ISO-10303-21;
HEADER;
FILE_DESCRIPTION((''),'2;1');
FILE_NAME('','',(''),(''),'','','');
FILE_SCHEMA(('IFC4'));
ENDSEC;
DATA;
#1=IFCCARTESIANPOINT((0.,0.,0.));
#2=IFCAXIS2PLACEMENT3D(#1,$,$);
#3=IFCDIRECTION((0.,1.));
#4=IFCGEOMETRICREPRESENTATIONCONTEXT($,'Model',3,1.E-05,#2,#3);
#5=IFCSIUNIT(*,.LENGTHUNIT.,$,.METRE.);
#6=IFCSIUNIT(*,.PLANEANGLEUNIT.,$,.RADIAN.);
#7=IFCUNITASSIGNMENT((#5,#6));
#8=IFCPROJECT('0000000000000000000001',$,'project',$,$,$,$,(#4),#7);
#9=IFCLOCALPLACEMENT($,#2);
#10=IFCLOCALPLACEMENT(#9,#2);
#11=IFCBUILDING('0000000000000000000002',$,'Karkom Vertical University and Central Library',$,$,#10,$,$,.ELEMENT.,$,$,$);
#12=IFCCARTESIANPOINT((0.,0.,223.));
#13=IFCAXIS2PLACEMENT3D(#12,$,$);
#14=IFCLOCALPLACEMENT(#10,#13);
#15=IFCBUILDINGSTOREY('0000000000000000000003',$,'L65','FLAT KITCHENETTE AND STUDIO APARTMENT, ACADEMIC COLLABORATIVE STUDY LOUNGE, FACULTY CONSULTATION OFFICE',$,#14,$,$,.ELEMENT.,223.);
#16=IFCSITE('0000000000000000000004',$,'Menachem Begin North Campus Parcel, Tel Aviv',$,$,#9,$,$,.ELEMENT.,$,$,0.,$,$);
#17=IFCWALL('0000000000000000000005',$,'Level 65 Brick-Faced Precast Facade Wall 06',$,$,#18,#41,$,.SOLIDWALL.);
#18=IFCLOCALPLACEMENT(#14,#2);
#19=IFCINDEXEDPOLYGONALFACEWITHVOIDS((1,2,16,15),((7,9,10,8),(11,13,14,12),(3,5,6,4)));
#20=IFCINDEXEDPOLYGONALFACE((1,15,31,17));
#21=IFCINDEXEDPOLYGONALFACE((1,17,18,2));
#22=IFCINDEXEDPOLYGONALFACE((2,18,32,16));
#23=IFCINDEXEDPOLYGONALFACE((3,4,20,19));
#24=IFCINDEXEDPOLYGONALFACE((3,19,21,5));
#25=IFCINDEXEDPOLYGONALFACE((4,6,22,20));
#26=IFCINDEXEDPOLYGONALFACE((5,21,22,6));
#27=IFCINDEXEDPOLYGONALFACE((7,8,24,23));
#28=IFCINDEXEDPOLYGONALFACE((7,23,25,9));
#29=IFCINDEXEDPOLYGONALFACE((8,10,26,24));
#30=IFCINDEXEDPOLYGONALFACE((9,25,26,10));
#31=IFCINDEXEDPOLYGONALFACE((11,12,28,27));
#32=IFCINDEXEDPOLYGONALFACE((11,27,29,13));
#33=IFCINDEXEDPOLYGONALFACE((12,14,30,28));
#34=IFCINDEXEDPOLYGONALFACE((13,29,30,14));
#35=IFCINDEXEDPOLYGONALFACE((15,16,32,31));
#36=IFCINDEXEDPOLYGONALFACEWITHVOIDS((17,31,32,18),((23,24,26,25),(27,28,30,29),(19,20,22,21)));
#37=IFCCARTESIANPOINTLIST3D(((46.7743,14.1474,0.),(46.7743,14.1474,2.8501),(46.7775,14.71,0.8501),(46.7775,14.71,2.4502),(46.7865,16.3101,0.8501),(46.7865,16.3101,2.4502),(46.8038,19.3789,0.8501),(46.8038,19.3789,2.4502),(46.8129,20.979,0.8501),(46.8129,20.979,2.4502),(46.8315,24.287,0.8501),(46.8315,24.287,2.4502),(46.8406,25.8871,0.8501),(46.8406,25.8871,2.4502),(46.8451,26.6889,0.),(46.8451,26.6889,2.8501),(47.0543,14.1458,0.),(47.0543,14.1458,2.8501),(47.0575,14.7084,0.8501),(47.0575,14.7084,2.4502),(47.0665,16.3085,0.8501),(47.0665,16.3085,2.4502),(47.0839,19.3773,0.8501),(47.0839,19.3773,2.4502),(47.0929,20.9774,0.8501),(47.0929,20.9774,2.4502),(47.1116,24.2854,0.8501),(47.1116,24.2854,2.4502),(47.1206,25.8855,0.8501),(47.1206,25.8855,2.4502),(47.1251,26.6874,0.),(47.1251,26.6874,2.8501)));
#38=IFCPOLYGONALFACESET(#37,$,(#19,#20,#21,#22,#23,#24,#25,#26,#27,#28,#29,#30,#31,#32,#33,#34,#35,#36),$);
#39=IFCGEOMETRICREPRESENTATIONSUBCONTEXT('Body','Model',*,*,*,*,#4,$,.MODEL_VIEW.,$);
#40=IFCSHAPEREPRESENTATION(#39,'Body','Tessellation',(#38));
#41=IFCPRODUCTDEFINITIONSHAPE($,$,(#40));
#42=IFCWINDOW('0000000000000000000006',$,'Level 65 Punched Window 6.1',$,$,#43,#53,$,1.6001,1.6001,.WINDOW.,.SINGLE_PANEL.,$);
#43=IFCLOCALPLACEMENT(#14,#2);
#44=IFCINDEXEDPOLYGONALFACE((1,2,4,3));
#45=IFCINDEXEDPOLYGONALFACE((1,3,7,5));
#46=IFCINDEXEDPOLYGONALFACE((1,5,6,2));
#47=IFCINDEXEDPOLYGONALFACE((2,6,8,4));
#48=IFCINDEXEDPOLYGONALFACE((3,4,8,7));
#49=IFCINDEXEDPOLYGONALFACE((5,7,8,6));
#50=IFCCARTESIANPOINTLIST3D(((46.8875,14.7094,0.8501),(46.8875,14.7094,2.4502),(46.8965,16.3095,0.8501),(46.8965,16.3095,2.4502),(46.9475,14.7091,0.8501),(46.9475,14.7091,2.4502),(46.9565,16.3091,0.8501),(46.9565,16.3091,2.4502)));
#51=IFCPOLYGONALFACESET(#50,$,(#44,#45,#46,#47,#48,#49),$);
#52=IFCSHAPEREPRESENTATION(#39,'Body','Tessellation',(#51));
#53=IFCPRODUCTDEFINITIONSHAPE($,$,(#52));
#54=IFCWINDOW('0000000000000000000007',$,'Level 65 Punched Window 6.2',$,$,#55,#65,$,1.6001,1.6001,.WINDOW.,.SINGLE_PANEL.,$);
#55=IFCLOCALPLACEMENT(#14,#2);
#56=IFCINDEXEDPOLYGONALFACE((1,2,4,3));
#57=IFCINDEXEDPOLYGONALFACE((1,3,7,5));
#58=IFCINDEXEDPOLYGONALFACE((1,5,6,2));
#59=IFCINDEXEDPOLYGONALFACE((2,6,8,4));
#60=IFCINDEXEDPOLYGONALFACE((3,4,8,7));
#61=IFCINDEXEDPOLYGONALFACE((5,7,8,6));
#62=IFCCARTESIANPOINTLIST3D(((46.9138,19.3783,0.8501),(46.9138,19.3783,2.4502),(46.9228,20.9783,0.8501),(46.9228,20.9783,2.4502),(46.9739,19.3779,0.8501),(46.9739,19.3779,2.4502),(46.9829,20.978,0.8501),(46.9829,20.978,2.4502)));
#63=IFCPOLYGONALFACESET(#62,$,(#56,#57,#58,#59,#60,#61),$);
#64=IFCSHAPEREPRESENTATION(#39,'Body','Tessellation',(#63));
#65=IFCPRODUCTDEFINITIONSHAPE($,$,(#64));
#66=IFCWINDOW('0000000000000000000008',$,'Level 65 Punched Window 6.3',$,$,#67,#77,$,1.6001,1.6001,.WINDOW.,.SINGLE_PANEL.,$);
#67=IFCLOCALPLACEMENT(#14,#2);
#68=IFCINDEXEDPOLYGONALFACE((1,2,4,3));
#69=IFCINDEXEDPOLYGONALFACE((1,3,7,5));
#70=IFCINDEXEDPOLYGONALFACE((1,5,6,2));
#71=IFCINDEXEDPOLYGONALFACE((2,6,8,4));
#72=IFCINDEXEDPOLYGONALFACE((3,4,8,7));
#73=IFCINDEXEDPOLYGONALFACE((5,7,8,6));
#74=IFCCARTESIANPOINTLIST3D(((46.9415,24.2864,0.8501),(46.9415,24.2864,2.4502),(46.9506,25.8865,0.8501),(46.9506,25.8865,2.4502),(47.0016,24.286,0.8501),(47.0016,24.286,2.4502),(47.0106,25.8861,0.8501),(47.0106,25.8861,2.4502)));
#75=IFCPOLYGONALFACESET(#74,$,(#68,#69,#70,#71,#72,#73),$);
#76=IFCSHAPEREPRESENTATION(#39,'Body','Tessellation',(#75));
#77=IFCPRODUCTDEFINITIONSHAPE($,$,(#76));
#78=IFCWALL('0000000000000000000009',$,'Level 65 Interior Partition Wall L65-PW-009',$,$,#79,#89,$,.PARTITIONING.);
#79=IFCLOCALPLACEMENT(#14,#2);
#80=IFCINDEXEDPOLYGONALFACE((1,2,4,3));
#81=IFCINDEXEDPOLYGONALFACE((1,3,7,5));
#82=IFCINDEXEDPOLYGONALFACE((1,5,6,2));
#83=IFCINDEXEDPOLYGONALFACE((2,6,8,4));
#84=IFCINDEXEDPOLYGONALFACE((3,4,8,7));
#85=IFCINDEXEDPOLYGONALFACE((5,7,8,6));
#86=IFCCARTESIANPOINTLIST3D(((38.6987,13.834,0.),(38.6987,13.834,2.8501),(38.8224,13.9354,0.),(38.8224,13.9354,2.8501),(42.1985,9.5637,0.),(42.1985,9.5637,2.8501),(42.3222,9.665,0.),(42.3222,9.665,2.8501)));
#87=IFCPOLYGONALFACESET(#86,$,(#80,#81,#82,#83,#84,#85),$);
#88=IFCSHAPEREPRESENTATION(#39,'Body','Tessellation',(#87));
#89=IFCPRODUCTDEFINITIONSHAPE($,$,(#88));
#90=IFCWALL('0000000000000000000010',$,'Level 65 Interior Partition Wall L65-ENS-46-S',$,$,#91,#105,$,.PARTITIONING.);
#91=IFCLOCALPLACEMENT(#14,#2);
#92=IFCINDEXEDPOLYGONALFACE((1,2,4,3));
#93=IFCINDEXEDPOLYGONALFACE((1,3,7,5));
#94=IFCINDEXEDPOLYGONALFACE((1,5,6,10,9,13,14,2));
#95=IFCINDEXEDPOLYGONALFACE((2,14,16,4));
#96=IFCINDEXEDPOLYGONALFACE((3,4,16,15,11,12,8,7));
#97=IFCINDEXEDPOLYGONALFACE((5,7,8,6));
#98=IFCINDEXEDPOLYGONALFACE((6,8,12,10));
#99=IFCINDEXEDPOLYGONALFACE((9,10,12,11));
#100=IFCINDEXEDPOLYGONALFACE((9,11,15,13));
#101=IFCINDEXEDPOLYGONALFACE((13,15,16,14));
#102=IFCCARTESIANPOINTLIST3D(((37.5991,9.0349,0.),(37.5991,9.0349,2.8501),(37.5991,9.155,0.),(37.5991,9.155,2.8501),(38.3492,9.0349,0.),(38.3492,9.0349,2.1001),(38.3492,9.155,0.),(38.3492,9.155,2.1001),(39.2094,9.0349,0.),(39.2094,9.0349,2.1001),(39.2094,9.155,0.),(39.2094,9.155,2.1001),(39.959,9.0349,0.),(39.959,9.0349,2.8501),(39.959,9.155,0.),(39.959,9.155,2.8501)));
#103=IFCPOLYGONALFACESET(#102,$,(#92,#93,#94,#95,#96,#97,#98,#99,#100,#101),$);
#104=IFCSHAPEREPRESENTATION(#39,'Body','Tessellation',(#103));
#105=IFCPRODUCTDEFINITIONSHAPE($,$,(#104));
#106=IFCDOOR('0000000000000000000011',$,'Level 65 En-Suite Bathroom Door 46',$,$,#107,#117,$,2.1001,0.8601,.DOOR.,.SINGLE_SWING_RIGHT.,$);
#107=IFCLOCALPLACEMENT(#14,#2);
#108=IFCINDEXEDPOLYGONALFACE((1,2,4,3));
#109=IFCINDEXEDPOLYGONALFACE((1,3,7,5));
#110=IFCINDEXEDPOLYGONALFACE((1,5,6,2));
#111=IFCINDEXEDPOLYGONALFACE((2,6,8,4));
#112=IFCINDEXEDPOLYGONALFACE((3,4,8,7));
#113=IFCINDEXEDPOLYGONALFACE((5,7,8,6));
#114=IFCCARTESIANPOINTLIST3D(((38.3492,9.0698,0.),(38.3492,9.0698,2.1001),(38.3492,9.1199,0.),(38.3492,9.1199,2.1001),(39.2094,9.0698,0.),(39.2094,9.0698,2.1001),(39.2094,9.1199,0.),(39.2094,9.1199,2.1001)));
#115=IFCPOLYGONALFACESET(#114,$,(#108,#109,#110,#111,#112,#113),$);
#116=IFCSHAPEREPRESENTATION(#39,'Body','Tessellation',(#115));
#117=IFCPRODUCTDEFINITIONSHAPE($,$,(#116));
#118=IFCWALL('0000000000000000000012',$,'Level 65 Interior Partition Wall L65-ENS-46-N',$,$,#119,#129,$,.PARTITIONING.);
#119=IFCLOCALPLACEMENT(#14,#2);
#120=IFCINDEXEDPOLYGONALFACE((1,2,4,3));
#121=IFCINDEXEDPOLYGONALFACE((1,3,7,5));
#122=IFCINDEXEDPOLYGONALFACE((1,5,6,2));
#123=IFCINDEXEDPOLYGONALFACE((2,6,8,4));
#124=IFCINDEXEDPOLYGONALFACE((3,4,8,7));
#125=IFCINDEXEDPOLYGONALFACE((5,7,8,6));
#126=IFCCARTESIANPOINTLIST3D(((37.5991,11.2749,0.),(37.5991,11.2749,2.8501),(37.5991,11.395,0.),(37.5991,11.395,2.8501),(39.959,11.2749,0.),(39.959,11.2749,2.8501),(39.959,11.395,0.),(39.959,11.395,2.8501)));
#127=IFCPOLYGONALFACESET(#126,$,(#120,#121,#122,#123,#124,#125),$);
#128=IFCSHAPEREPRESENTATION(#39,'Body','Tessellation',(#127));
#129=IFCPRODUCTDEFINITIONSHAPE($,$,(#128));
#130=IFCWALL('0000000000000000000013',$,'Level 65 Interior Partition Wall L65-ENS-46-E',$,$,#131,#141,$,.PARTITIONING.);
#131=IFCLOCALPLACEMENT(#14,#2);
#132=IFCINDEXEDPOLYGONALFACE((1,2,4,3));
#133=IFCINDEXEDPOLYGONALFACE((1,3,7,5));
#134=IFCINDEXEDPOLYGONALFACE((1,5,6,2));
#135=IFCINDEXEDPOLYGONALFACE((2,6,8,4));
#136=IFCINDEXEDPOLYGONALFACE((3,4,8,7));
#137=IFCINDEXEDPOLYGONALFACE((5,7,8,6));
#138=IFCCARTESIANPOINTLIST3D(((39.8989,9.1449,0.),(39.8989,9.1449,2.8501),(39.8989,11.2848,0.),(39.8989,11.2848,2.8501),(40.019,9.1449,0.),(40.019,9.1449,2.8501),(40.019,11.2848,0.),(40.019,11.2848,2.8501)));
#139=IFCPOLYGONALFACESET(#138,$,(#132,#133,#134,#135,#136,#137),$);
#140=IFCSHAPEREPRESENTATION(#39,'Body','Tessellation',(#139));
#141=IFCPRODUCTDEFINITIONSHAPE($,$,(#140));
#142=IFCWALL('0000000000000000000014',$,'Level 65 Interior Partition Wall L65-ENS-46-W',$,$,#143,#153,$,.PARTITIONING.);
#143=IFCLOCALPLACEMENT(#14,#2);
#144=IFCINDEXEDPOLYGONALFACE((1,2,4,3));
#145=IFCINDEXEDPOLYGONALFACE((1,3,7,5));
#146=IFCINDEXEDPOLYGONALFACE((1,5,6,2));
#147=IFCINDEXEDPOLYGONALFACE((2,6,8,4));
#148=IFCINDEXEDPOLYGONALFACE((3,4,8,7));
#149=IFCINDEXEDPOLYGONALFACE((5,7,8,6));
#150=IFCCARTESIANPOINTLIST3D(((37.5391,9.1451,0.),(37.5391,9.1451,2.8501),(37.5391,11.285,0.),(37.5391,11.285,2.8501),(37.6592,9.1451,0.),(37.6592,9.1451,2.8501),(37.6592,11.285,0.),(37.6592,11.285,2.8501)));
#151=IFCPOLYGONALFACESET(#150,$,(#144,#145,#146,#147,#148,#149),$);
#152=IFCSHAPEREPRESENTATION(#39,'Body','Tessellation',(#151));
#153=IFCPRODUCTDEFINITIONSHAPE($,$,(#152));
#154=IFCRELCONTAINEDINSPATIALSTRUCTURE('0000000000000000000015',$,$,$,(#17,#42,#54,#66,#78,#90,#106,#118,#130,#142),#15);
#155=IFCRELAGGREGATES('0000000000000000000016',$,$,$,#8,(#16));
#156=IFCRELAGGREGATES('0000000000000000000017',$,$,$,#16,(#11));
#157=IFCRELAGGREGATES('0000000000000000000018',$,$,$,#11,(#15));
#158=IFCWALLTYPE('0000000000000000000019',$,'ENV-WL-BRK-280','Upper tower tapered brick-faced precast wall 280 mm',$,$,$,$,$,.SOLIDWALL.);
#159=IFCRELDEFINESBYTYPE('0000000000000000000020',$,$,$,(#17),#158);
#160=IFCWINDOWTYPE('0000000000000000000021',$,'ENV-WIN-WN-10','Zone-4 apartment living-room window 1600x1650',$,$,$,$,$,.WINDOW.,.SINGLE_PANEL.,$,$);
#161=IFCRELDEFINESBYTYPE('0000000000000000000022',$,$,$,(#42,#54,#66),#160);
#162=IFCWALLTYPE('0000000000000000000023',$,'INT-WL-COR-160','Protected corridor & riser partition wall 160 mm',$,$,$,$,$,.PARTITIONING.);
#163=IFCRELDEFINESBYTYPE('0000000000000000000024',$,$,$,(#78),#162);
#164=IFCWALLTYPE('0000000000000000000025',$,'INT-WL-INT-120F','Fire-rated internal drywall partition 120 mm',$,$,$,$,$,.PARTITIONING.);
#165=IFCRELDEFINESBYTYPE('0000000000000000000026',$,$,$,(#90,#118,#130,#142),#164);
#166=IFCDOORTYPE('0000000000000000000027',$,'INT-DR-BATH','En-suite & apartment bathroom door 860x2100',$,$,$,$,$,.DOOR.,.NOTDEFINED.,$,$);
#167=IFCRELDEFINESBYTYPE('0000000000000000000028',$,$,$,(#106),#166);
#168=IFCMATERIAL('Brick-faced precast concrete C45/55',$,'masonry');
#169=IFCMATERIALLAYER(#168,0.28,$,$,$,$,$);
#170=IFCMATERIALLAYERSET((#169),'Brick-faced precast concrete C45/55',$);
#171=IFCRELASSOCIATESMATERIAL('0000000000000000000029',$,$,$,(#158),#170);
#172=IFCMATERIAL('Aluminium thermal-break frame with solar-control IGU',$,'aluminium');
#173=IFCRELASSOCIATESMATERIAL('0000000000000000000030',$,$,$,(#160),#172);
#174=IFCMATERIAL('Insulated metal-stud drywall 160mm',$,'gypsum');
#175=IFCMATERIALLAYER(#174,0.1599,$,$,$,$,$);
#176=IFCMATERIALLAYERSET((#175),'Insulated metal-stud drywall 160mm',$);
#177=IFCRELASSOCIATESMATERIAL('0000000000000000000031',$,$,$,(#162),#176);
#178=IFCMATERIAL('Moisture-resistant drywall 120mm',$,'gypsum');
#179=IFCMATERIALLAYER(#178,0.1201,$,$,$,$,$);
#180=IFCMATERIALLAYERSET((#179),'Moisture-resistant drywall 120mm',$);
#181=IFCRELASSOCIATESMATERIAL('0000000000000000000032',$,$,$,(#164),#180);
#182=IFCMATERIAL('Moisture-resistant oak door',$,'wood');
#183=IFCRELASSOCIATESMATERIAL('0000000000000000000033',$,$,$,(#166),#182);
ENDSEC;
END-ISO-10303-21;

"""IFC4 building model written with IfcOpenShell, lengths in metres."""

from ifc_helpers import new_model, si_unit, direction, frame, frame_2d, origin, origin_with_axes, place, context, subcontext, project, spatial, rectangle, extrude, source, transform, mapped, material, layer, layer_set, type_object, element, fill, save


model = new_model("IFC4")

# Units and contexts
model_context = context("Model", 3, precision=1e-05, world=origin(), true_north=direction((0.0, 1.0)))
body_context = subcontext(model_context, "Body", "Model", "MODEL_VIEW")
ifc_project = project(units=[si_unit("LENGTHUNIT", "METRE"), si_unit("PLANEANGLEUNIT", "RADIAN")], contexts=[model_context])

# Site, building, storey
site_placement = place(None, origin())
site = spatial("IfcSite", under=ifc_project, at=site_placement, Name="Menachem Begin North Campus Parcel, Tel Aviv", CompositionType="ELEMENT", RefElevation=0.0)
building_placement = place(site_placement, origin())
building = spatial("IfcBuilding", under=site, at=building_placement, Name="Karkom Vertical University and Central Library", CompositionType="ELEMENT")
storey_placement = place(building_placement, frame((0.0, 0.0, 223.0)))
storey = spatial("IfcBuildingStorey", under=building, at=storey_placement, Name="L65", Description="FLAT KITCHENETTE AND STUDIO APARTMENT, ACADEMIC COLLABORATIVE STUDY LOUNGE, FACULTY CONSULTATION OFFICE", CompositionType="ELEMENT", Elevation=223.0)

# Wall, openings, windows
ifc_material_1 = material(Name="Brick-faced precast concrete C45/55", Category="masonry")
ifc_layer_1 = layer(ifc_material_1, 0.28)
ifc_layer_set_1 = layer_set([ifc_layer_1], Name="Brick-faced precast concrete C45/55")
wall_type_1 = type_object("IfcWallType", Name="ENV-WL-BRK-280", Description="Upper tower tapered brick-faced precast wall 280 mm", PredefinedType="SOLIDWALL", material=ifc_layer_set_1)
ifc_material_2 = material(Name="Aluminium thermal-break frame with solar-control IGU", Category="aluminium")
window_type = type_object("IfcWindowType", Name="ENV-WIN-WN-10", Description="Zone-4 apartment living-room window 1600x1650", PartitioningType="SINGLE_PANEL", PredefinedType="WINDOW", material=ifc_material_2)
shared_shape_1 = source(origin_with_axes(), body_context, "Body", "SweptSolid", [
    extrude(rectangle(XDim=1.6001, YDim=1.6001, at=frame_2d((0.8, 0.8))), frame((0.0, 0.03, 0.0), z_axis=(0.0, -1.0, 0.0), x_axis=(1.0, 0.0, 0.0)), (0.0, 0.0, 1.0), 0.0601),
])
wall_1_placement = place(storey_placement, frame((46.9143, 14.1465, 0.0), z_axis=(0.0, 0.0, 1.0), x_axis=(0.005645, 0.999984, 0.0)))
wall_1 = element("IfcWall", 1, at=wall_1_placement, inside=storey, type_object=wall_type_1, Name="Level 65 Brick-Faced Precast Facade Wall 06", PredefinedType="SOLIDWALL", context=body_context, shape_type="SweptSolid", body=[
    extrude(rectangle(XDim=12.5417, YDim=0.28, at=frame_2d((6.271, 0.0))), origin(), (0.0, 0.0, 1.0), 2.8501),
])
opening_1_placement = place(wall_1_placement, frame((0.5627, 0.0, 0.8501)))
opening_1 = element("IfcOpeningElement", 2, at=opening_1_placement, cuts=wall_1, PredefinedType="OPENING", context=body_context, shape_type="SweptSolid", body=[
    extrude(rectangle(XDim=1.6001, YDim=1.6001, at=frame_2d((0.8, 0.8))), frame((0.0, 0.1499, 0.0), z_axis=(0.0, -1.0, 0.0), x_axis=(1.0, 0.0, 0.0)), (0.0, 0.0, 1.0), 0.3),
])
opening_2_placement = place(wall_1_placement, frame((5.2317, 0.0, 0.8501)))
opening_2 = element("IfcOpeningElement", 3, at=opening_2_placement, cuts=wall_1, PredefinedType="OPENING", context=body_context, shape_type="SweptSolid", body=[
    extrude(rectangle(XDim=1.6001, YDim=1.6001, at=frame_2d((0.8, 0.8))), frame((0.0, 0.1499, 0.0), z_axis=(0.0, -1.0, 0.0), x_axis=(1.0, 0.0, 0.0)), (0.0, 0.0, 1.0), 0.3),
])
opening_3_placement = place(wall_1_placement, frame((10.1399, 0.0, 0.8501)))
opening_3 = element("IfcOpeningElement", 4, at=opening_3_placement, cuts=wall_1, PredefinedType="OPENING", context=body_context, shape_type="SweptSolid", body=[
    extrude(rectangle(XDim=1.6001, YDim=1.6001, at=frame_2d((0.8, 0.8))), frame((0.0, 0.1499, 0.0), z_axis=(0.0, -1.0, 0.0), x_axis=(1.0, 0.0, 0.0)), (0.0, 0.0, 1.0), 0.3),
])
window_1_placement = place(opening_1_placement, origin())
window_1 = element("IfcWindow", 5, at=window_1_placement, inside=storey, type_object=window_type, Name="Level 65 Punched Window 6.1", OverallHeight=1.6001, OverallWidth=1.6001, PartitioningType="SINGLE_PANEL", PredefinedType="WINDOW", context=body_context, shape_type="MappedRepresentation", body=[
    mapped(shared_shape_1, transform((0.0, 0.0, 0.0), scale=1.0)),
])
fill(opening_1, window_1)
window_2_placement = place(opening_2_placement, origin())
window_2 = element("IfcWindow", 6, at=window_2_placement, inside=storey, type_object=window_type, Name="Level 65 Punched Window 6.2", OverallHeight=1.6001, OverallWidth=1.6001, PartitioningType="SINGLE_PANEL", PredefinedType="WINDOW", context=body_context, shape_type="MappedRepresentation", body=[
    mapped(shared_shape_1, transform((0.0, 0.0, 0.0), scale=1.0)),
])
fill(opening_2, window_2)
window_3_placement = place(opening_3_placement, origin())
window_3 = element("IfcWindow", 7, at=window_3_placement, inside=storey, type_object=window_type, Name="Level 65 Punched Window 6.3", OverallHeight=1.6001, OverallWidth=1.6001, PartitioningType="SINGLE_PANEL", PredefinedType="WINDOW", context=body_context, shape_type="MappedRepresentation", body=[
    mapped(shared_shape_1, transform((0.0, 0.0, 0.0), scale=1.0)),
])
fill(opening_3, window_3)

# Shared definitions
ifc_material_3 = material(Name="Insulated metal-stud drywall 160mm", Category="gypsum")
ifc_layer_2 = layer(ifc_material_3, 0.1599)
ifc_layer_set_2 = layer_set([ifc_layer_2], Name="Insulated metal-stud drywall 160mm")
wall_type_2 = type_object("IfcWallType", Name="INT-WL-COR-160", Description="Protected corridor & riser partition wall 160 mm", PredefinedType="PARTITIONING", material=ifc_layer_set_2)

# Wall
wall_2_placement = place(storey_placement, frame((38.7605, 13.8848, 0.0), z_axis=(0.0, 0.0, 1.0), x_axis=(0.633878, -0.773433, 0.0)))
element("IfcWall", 8, at=wall_2_placement, inside=storey, type_object=wall_type_2, Name="Level 65 Interior Partition Wall L65-PW-009", PredefinedType="PARTITIONING", context=body_context, shape_type="SweptSolid", body=[
    extrude(rectangle(XDim=5.5212, YDim=0.1599, at=frame_2d((2.7607, 0.0))), origin(), (0.0, 0.0, 1.0), 2.8501),
])

# Wall, opening, door
ifc_material_4 = material(Name="Moisture-resistant drywall 120mm", Category="gypsum")
ifc_layer_3 = layer(ifc_material_4, 0.1201)
ifc_layer_set_3 = layer_set([ifc_layer_3], Name="Moisture-resistant drywall 120mm")
wall_type_3 = type_object("IfcWallType", Name="INT-WL-INT-120F", Description="Fire-rated internal drywall partition 120 mm", PredefinedType="PARTITIONING", material=ifc_layer_set_3)
wall_3_placement = place(storey_placement, frame((37.5991, 9.095, 0.0), z_axis=(0.0, 0.0, 1.0), x_axis=(1.0, 0.0, 0.0)))
wall_3 = element("IfcWall", 9, at=wall_3_placement, inside=storey, type_object=wall_type_3, Name="Level 65 Interior Partition Wall L65-ENS-46-S", PredefinedType="PARTITIONING", context=body_context, shape_type="SweptSolid", body=[
    extrude(rectangle(XDim=2.3599, YDim=0.1201, at=frame_2d((1.1799, 0.0))), origin(), (0.0, 0.0, 1.0), 2.8501),
])
opening_4_placement = place(wall_3_placement, frame((0.75, 0.0, 0.0)))
opening_4 = element("IfcOpeningElement", 10, at=opening_4_placement, cuts=wall_3, PredefinedType="OPENING", context=body_context, shape_type="SweptSolid", body=[
    extrude(rectangle(XDim=0.8601, YDim=2.1001, at=frame_2d((0.4302, 1.05))), frame((0.0, 0.0701, 0.0), z_axis=(0.0, -1.0, 0.0), x_axis=(1.0, 0.0, 0.0)), (0.0, 0.0, 1.0), 0.1401),
])
ifc_material_5 = material(Name="Moisture-resistant oak door", Category="wood")
door_type_1 = type_object("IfcDoorType", Name="INT-DR-BATH", Description="En-suite & apartment bathroom door 860x2100", OperationType="NOTDEFINED", PredefinedType="DOOR", material=ifc_material_5)
shared_shape_2 = source(origin_with_axes(), body_context, "Body", "SweptSolid", [
    extrude(rectangle(XDim=0.8601, YDim=2.1001, at=frame_2d((0.4302, 1.05))), frame((0.0, 0.0249, 0.0), z_axis=(0.0, -1.0, 0.0), x_axis=(1.0, 0.0, 0.0)), (0.0, 0.0, 1.0), 0.05),
])
door_1_placement = place(opening_4_placement, origin())
door_1 = element("IfcDoor", 11, at=door_1_placement, inside=storey, type_object=door_type_1, Name="Level 65 En-Suite Bathroom Door 46", OperationType="SINGLE_SWING_RIGHT", OverallHeight=2.1001, OverallWidth=0.8601, PredefinedType="DOOR", context=body_context, shape_type="MappedRepresentation", body=[
    mapped(shared_shape_2, transform((0.0, 0.0, 0.0), scale=1.0)),
])
fill(opening_4, door_1)

# Walls
wall_4_placement = place(storey_placement, frame((39.959, 11.335, 0.0), z_axis=(0.0, 0.0, 1.0), x_axis=(-1.0, 0.0, 0.0)))
element("IfcWall", 12, at=wall_4_placement, inside=storey, type_object=wall_type_3, Name="Level 65 Interior Partition Wall L65-ENS-46-N", PredefinedType="PARTITIONING", context=body_context, shape_type="SweptSolid", body=[
    extrude(rectangle(XDim=2.3599, YDim=0.1201, at=frame_2d((1.1799, 0.0))), origin(), (0.0, 0.0, 1.0), 2.8501),
])
for number, where, z_axis, x_axis, name in (
    (13, (39.959, 9.145, 0.0), (0.0, 0.0, 1.0), (0.0, 1.0, 0.0), "Level 65 Interior Partition Wall L65-ENS-46-E"),
    (14, (37.5991, 11.2849, 0.0), (0.0, 0.0, 1.0), (0.0, -1.0, 0.0), "Level 65 Interior Partition Wall L65-ENS-46-W"),
):
    element("IfcWall", number, at=place(storey_placement, frame(where, z_axis=z_axis, x_axis=x_axis)), inside=storey, type_object=wall_type_3, Name=name, PredefinedType="PARTITIONING", context=body_context, shape_type="SweptSolid", body=[
        extrude(rectangle(XDim=2.1399, YDim=0.1201, at=frame_2d((1.0698, 0.0))), origin(), (0.0, 0.0, 1.0), 2.8501),
    ])

save(model, "model.ifc")
